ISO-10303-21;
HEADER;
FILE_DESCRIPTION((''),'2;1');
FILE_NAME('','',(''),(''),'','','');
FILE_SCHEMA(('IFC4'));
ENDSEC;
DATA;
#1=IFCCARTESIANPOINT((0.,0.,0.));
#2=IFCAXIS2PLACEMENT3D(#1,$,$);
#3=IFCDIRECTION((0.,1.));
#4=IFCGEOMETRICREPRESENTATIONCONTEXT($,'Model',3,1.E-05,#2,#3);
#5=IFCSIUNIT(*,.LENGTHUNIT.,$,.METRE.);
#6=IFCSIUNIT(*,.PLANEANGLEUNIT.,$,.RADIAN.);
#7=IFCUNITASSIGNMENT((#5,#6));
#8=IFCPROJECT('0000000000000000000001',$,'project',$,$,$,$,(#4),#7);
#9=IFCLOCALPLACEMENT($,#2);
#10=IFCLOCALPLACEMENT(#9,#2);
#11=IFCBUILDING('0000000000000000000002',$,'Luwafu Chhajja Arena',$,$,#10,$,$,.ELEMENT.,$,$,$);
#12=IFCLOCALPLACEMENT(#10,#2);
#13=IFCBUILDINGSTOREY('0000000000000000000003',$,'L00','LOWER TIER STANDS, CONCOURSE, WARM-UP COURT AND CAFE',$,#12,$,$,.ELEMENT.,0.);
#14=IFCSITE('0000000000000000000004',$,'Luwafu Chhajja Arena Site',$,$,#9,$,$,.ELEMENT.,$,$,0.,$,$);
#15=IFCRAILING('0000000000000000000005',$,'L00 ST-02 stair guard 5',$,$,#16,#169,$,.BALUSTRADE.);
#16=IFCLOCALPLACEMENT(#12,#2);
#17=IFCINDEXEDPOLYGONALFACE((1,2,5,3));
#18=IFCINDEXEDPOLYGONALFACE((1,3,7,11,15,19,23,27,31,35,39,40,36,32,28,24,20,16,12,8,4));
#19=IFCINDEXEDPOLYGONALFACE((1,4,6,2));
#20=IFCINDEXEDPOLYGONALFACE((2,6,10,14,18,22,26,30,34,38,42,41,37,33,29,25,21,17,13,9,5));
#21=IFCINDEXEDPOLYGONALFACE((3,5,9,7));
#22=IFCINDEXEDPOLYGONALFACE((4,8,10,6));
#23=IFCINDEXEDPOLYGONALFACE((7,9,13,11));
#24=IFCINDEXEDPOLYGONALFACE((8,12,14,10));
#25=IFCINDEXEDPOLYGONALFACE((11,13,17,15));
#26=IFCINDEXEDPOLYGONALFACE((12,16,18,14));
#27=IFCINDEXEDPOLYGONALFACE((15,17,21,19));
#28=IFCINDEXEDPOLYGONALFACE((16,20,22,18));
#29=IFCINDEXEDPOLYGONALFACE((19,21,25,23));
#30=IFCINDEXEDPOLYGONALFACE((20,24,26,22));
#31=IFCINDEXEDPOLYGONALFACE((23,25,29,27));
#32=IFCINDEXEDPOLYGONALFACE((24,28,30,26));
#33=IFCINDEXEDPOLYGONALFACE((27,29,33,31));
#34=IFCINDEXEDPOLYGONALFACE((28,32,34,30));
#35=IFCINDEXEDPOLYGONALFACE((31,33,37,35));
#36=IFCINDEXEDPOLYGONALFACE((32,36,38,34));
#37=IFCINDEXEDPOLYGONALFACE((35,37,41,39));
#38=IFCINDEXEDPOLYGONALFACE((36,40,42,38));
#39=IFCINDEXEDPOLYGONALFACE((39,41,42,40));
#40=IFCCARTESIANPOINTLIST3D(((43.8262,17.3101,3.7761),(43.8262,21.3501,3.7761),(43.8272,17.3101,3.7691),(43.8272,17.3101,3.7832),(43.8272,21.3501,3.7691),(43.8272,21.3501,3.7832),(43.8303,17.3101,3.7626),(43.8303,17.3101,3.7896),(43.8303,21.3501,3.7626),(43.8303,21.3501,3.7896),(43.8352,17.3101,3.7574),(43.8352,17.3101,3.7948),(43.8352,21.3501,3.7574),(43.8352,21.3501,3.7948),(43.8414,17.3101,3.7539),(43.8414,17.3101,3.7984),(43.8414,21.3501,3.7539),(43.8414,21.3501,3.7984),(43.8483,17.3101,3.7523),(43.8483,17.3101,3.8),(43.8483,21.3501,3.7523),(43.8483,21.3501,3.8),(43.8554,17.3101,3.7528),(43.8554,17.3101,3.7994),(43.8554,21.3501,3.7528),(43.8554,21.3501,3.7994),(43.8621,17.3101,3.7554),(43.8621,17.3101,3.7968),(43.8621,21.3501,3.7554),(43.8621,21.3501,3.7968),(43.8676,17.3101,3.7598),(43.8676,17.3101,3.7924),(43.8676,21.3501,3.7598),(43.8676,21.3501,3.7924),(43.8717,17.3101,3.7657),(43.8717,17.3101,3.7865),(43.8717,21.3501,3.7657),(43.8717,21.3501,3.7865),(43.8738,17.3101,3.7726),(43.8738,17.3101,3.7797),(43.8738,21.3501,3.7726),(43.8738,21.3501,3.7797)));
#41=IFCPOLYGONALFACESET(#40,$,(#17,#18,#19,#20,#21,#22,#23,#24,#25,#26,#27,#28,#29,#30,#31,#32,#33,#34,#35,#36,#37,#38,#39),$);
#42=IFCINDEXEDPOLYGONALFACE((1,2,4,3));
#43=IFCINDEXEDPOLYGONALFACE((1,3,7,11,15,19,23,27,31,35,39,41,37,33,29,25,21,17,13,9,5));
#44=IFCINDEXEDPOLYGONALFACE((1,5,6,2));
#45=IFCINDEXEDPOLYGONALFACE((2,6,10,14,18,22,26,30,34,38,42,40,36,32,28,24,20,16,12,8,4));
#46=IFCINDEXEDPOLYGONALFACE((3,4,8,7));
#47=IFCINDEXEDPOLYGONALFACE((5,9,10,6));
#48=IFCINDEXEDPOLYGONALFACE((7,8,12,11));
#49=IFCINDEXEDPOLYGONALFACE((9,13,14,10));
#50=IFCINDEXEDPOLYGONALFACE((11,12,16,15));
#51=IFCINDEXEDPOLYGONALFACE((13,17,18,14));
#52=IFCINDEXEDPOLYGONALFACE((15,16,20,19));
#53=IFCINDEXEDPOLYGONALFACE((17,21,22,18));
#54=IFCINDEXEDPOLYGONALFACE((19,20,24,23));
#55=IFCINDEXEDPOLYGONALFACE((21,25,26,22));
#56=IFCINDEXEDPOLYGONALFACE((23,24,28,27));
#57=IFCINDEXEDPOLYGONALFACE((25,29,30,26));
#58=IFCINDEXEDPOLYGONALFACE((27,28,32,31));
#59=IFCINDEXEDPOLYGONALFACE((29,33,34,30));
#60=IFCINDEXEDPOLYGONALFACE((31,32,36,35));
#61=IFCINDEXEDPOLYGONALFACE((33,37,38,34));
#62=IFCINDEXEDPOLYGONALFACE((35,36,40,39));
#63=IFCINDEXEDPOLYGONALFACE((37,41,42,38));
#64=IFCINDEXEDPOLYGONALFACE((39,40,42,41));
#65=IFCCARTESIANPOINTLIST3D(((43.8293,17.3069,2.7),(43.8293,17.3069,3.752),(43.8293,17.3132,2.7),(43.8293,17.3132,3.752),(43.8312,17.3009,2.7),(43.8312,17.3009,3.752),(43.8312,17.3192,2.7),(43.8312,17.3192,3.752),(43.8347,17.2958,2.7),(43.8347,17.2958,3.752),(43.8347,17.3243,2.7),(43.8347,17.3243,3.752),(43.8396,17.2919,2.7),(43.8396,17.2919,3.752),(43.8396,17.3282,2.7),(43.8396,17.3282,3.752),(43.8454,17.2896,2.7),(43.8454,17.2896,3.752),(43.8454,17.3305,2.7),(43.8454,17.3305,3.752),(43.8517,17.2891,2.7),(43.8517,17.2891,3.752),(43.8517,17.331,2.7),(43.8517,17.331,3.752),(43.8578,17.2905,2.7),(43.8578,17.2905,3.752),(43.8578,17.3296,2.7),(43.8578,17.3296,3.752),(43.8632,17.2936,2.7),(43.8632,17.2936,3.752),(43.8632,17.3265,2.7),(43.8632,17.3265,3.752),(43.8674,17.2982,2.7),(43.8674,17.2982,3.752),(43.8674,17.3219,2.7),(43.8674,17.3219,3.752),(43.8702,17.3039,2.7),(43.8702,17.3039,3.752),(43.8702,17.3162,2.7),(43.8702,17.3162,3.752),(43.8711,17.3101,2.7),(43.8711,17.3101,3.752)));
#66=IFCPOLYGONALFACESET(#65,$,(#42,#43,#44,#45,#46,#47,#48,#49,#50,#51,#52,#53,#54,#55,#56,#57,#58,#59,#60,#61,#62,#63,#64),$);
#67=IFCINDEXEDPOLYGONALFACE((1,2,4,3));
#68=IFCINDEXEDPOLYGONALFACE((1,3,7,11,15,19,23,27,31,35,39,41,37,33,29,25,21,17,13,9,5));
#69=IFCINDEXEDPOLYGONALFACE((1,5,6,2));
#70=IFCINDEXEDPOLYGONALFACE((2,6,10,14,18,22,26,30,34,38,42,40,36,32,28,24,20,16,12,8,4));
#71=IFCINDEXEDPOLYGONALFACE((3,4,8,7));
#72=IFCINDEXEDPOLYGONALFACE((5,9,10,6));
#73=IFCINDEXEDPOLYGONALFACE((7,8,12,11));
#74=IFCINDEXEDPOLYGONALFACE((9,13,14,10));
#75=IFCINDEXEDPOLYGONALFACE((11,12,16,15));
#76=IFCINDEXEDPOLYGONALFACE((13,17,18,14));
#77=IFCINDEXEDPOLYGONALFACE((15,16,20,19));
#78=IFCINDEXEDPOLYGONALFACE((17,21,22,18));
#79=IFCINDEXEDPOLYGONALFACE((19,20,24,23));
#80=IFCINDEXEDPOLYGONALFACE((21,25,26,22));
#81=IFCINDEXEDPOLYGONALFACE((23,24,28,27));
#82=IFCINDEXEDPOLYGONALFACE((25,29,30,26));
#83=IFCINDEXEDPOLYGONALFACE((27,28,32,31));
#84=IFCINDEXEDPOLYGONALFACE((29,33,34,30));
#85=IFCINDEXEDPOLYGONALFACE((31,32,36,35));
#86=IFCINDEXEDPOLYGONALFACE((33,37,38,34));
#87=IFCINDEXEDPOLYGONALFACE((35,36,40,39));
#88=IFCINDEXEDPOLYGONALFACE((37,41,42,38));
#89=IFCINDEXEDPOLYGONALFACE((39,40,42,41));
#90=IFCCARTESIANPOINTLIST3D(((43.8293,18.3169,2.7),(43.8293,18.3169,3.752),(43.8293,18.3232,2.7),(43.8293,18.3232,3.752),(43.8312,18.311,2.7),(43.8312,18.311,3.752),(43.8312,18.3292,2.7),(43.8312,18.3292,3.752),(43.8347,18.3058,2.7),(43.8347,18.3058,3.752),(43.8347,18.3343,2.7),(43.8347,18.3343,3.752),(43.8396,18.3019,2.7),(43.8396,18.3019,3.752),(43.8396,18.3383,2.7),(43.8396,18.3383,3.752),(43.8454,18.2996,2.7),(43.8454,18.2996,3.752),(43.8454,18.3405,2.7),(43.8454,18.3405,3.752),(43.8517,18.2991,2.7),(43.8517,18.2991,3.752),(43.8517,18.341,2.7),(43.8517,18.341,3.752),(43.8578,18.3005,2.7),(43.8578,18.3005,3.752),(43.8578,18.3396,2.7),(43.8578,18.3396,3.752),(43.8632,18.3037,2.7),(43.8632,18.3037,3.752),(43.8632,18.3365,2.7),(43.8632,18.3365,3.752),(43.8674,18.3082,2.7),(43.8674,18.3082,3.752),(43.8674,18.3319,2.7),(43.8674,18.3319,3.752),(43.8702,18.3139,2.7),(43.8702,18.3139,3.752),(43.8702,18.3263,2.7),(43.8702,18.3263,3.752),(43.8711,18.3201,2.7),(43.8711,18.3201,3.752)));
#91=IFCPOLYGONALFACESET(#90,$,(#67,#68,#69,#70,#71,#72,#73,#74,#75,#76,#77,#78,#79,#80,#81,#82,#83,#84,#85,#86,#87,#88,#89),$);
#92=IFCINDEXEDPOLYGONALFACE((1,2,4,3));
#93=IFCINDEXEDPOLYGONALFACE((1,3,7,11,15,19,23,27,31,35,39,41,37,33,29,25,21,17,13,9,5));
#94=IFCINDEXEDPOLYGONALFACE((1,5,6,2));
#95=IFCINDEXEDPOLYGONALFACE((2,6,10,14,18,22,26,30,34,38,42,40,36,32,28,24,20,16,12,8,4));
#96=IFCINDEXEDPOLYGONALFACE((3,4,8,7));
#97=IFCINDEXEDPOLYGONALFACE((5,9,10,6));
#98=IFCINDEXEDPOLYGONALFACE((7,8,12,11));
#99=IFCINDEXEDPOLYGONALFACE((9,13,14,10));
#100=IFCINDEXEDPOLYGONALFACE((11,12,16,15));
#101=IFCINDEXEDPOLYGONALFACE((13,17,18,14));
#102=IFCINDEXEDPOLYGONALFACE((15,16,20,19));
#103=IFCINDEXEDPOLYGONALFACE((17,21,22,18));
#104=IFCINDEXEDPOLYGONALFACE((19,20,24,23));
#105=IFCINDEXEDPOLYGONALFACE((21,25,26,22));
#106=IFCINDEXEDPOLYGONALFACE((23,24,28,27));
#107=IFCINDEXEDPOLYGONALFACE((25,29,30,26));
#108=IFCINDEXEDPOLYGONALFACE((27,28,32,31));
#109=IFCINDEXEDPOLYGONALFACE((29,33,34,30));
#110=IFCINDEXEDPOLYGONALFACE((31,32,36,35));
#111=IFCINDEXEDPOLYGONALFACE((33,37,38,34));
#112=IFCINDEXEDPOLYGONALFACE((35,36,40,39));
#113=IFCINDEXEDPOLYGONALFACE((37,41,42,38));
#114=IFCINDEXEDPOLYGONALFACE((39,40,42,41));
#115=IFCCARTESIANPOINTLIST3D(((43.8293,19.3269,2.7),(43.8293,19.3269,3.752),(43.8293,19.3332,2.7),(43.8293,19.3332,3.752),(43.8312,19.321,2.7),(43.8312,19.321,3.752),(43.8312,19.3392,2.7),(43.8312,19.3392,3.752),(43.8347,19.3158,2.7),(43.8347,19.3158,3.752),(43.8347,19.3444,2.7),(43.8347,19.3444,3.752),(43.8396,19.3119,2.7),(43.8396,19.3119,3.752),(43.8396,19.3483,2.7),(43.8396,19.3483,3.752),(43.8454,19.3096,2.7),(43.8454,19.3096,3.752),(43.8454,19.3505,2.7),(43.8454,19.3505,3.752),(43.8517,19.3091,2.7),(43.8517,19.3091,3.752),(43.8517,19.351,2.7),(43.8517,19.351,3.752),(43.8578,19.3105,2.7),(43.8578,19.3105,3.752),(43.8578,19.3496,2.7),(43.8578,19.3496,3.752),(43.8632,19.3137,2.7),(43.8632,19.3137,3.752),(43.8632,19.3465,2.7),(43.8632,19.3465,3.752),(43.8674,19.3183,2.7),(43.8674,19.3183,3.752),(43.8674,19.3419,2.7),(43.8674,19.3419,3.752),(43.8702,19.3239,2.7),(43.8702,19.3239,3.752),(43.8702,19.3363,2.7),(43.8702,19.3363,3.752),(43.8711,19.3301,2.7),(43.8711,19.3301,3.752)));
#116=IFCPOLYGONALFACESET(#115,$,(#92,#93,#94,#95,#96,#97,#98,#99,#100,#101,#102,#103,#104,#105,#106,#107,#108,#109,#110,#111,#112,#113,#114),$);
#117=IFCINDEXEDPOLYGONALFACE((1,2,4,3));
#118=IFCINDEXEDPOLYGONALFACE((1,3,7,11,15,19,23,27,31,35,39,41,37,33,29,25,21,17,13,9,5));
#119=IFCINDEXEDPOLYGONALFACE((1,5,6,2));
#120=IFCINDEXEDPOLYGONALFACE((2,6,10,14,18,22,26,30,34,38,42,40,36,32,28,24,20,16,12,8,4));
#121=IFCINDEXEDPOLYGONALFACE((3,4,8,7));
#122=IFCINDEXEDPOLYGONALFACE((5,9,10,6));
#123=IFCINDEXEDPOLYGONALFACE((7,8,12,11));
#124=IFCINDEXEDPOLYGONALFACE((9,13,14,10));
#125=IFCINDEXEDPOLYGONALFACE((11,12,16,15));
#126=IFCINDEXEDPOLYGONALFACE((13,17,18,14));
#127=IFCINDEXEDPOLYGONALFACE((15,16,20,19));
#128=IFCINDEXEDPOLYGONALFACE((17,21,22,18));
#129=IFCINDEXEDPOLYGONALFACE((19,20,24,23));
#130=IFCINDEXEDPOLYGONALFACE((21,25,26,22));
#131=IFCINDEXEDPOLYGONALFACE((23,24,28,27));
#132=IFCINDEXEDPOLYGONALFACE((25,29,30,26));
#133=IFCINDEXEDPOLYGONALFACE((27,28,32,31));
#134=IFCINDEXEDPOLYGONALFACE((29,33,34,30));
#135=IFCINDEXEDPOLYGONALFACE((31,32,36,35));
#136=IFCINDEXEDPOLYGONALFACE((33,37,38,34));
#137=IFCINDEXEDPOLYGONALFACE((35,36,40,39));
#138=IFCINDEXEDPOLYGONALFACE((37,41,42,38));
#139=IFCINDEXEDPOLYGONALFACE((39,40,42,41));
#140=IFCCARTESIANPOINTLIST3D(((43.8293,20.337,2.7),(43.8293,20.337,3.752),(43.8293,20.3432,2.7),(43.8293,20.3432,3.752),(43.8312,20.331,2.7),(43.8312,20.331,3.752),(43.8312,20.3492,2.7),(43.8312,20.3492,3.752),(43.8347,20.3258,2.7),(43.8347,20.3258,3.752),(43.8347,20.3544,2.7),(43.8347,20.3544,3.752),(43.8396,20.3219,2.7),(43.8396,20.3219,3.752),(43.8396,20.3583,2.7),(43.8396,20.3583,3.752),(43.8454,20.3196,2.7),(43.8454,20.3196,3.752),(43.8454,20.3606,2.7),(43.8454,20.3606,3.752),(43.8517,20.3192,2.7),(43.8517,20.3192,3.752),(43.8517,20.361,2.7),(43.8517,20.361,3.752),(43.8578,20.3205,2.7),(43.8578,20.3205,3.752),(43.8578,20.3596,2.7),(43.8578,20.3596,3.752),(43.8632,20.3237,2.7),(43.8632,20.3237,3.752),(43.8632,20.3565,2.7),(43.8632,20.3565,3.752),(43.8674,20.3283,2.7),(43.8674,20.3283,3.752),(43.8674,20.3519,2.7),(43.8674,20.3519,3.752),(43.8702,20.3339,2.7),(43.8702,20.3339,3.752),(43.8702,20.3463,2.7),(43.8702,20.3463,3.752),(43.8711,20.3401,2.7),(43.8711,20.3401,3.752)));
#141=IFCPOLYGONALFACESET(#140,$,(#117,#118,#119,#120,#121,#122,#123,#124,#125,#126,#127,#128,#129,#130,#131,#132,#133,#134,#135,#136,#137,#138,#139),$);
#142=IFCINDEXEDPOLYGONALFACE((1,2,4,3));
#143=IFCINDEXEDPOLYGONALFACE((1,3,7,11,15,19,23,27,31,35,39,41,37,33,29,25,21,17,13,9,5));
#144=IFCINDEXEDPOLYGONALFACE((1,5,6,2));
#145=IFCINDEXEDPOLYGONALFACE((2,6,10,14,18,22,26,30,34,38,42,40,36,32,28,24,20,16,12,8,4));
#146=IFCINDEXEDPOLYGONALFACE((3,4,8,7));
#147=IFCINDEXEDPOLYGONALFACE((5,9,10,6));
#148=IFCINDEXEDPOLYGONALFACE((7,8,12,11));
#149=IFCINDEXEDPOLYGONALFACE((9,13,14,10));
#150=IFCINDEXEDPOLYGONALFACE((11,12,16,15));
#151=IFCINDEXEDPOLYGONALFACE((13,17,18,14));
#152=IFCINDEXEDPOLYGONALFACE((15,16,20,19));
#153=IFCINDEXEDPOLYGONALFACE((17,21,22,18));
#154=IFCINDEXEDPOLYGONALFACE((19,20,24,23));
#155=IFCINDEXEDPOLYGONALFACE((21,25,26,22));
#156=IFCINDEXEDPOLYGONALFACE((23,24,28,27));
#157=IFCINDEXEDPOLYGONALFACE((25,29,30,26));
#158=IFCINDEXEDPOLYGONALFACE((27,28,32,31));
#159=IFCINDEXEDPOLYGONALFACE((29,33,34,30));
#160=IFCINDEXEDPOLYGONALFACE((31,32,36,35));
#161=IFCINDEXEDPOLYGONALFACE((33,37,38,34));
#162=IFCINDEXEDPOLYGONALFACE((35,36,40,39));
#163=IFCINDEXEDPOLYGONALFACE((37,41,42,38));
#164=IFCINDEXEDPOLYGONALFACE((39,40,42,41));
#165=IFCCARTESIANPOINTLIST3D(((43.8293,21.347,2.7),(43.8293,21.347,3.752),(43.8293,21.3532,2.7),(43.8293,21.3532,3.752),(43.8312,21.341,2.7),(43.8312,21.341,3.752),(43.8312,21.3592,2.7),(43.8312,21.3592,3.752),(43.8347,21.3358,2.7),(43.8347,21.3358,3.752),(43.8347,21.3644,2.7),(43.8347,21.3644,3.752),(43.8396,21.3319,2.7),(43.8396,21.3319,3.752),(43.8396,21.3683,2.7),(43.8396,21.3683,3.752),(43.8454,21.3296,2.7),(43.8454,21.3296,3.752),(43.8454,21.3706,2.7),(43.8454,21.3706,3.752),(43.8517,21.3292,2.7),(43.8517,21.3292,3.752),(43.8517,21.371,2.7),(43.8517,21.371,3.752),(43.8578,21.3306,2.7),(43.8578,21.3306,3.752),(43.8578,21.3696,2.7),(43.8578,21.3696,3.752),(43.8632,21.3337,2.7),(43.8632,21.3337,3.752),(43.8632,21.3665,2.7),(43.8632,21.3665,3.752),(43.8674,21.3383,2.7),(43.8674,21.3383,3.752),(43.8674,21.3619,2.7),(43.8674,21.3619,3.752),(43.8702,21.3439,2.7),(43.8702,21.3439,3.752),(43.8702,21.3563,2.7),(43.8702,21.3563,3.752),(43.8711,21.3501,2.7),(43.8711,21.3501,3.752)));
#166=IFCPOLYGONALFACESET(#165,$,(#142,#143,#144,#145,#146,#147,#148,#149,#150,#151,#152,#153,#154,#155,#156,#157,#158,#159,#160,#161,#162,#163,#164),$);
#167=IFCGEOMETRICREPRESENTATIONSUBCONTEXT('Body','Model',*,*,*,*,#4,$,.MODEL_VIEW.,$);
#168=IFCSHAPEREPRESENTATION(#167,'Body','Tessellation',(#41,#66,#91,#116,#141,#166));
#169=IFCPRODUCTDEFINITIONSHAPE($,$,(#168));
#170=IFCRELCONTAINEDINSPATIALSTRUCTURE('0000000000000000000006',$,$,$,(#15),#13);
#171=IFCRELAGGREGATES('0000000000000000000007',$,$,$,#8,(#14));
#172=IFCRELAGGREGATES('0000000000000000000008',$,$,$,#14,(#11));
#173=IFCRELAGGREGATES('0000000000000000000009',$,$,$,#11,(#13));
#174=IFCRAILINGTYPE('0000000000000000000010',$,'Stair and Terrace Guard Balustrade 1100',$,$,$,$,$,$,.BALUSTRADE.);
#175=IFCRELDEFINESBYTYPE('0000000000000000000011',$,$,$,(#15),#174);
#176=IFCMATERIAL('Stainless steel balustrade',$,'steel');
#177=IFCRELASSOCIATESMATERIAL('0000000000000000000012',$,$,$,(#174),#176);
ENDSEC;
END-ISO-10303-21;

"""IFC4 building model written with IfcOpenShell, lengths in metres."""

from ifc_helpers import new_model, si_unit, direction, frame, origin, origin_2d, place, context, subcontext, project, spatial, circle, extrude, material, type_object, element, save


model = new_model("IFC4")

# Units and contexts
model_context = context("Model", 3, precision=1e-05, world=origin(), true_north=direction((0.0, 1.0)))
body_context = subcontext(model_context, "Body", "Model", "MODEL_VIEW")
ifc_project = project(units=[si_unit("LENGTHUNIT", "METRE"), si_unit("PLANEANGLEUNIT", "RADIAN")], contexts=[model_context])

# Site, building, storey
site_placement = place(None, origin())
site = spatial("IfcSite", under=ifc_project, at=site_placement, Name="Luwafu Chhajja Arena Site", CompositionType="ELEMENT", RefElevation=0.0)
building_placement = place(site_placement, origin())
building = spatial("IfcBuilding", under=site, at=building_placement, Name="Luwafu Chhajja Arena", CompositionType="ELEMENT")
storey_placement = place(building_placement, origin())
storey = spatial("IfcBuildingStorey", under=building, at=storey_placement, Name="L00", Description="LOWER TIER STANDS, CONCOURSE, WARM-UP COURT AND CAFE", CompositionType="ELEMENT", Elevation=0.0)

# Railing
ifc_material_1 = material(Name="Stainless steel balustrade", Category="steel")
railing_type_1 = type_object("IfcRailingType", Name="Stair and Terrace Guard Balustrade 1100", PredefinedType="BALUSTRADE", material=ifc_material_1)
railing_1_placement = place(storey_placement, frame((43.8501, 17.3101, 2.7)))
element("IfcRailing", 1, at=railing_1_placement, inside=storey, type_object=railing_type_1, Name="L00 ST-02 stair guard 5", PredefinedType="BALUSTRADE", context=body_context, shape_type="SweptSolid", body=[
    extrude(circle(Radius=0.0239, at=origin_2d()), frame((0.0, 0.0, 1.0762), z_axis=(0.0, 1.0, 0.0), x_axis=(-1.0, 0.0, 0.0)), (0.0, 0.0, 1.0), 4.04),
    extrude(circle(Radius=0.021, at=origin_2d()), origin(), (0.0, 0.0, 1.0), 1.052),
    extrude(circle(Radius=0.021, at=origin_2d()), frame((0.0, 1.01, 0.0)), (0.0, 0.0, 1.0), 1.052),
    extrude(circle(Radius=0.021, at=origin_2d()), frame((0.0, 2.02, 0.0)), (0.0, 0.0, 1.0), 1.052),
    extrude(circle(Radius=0.021, at=origin_2d()), frame((0.0, 3.03, 0.0)), (0.0, 0.0, 1.0), 1.052),
    extrude(circle(Radius=0.021, at=origin_2d()), frame((0.0, 4.04, 0.0)), (0.0, 0.0, 1.0), 1.052),
])

save(model, "model.ifc")
